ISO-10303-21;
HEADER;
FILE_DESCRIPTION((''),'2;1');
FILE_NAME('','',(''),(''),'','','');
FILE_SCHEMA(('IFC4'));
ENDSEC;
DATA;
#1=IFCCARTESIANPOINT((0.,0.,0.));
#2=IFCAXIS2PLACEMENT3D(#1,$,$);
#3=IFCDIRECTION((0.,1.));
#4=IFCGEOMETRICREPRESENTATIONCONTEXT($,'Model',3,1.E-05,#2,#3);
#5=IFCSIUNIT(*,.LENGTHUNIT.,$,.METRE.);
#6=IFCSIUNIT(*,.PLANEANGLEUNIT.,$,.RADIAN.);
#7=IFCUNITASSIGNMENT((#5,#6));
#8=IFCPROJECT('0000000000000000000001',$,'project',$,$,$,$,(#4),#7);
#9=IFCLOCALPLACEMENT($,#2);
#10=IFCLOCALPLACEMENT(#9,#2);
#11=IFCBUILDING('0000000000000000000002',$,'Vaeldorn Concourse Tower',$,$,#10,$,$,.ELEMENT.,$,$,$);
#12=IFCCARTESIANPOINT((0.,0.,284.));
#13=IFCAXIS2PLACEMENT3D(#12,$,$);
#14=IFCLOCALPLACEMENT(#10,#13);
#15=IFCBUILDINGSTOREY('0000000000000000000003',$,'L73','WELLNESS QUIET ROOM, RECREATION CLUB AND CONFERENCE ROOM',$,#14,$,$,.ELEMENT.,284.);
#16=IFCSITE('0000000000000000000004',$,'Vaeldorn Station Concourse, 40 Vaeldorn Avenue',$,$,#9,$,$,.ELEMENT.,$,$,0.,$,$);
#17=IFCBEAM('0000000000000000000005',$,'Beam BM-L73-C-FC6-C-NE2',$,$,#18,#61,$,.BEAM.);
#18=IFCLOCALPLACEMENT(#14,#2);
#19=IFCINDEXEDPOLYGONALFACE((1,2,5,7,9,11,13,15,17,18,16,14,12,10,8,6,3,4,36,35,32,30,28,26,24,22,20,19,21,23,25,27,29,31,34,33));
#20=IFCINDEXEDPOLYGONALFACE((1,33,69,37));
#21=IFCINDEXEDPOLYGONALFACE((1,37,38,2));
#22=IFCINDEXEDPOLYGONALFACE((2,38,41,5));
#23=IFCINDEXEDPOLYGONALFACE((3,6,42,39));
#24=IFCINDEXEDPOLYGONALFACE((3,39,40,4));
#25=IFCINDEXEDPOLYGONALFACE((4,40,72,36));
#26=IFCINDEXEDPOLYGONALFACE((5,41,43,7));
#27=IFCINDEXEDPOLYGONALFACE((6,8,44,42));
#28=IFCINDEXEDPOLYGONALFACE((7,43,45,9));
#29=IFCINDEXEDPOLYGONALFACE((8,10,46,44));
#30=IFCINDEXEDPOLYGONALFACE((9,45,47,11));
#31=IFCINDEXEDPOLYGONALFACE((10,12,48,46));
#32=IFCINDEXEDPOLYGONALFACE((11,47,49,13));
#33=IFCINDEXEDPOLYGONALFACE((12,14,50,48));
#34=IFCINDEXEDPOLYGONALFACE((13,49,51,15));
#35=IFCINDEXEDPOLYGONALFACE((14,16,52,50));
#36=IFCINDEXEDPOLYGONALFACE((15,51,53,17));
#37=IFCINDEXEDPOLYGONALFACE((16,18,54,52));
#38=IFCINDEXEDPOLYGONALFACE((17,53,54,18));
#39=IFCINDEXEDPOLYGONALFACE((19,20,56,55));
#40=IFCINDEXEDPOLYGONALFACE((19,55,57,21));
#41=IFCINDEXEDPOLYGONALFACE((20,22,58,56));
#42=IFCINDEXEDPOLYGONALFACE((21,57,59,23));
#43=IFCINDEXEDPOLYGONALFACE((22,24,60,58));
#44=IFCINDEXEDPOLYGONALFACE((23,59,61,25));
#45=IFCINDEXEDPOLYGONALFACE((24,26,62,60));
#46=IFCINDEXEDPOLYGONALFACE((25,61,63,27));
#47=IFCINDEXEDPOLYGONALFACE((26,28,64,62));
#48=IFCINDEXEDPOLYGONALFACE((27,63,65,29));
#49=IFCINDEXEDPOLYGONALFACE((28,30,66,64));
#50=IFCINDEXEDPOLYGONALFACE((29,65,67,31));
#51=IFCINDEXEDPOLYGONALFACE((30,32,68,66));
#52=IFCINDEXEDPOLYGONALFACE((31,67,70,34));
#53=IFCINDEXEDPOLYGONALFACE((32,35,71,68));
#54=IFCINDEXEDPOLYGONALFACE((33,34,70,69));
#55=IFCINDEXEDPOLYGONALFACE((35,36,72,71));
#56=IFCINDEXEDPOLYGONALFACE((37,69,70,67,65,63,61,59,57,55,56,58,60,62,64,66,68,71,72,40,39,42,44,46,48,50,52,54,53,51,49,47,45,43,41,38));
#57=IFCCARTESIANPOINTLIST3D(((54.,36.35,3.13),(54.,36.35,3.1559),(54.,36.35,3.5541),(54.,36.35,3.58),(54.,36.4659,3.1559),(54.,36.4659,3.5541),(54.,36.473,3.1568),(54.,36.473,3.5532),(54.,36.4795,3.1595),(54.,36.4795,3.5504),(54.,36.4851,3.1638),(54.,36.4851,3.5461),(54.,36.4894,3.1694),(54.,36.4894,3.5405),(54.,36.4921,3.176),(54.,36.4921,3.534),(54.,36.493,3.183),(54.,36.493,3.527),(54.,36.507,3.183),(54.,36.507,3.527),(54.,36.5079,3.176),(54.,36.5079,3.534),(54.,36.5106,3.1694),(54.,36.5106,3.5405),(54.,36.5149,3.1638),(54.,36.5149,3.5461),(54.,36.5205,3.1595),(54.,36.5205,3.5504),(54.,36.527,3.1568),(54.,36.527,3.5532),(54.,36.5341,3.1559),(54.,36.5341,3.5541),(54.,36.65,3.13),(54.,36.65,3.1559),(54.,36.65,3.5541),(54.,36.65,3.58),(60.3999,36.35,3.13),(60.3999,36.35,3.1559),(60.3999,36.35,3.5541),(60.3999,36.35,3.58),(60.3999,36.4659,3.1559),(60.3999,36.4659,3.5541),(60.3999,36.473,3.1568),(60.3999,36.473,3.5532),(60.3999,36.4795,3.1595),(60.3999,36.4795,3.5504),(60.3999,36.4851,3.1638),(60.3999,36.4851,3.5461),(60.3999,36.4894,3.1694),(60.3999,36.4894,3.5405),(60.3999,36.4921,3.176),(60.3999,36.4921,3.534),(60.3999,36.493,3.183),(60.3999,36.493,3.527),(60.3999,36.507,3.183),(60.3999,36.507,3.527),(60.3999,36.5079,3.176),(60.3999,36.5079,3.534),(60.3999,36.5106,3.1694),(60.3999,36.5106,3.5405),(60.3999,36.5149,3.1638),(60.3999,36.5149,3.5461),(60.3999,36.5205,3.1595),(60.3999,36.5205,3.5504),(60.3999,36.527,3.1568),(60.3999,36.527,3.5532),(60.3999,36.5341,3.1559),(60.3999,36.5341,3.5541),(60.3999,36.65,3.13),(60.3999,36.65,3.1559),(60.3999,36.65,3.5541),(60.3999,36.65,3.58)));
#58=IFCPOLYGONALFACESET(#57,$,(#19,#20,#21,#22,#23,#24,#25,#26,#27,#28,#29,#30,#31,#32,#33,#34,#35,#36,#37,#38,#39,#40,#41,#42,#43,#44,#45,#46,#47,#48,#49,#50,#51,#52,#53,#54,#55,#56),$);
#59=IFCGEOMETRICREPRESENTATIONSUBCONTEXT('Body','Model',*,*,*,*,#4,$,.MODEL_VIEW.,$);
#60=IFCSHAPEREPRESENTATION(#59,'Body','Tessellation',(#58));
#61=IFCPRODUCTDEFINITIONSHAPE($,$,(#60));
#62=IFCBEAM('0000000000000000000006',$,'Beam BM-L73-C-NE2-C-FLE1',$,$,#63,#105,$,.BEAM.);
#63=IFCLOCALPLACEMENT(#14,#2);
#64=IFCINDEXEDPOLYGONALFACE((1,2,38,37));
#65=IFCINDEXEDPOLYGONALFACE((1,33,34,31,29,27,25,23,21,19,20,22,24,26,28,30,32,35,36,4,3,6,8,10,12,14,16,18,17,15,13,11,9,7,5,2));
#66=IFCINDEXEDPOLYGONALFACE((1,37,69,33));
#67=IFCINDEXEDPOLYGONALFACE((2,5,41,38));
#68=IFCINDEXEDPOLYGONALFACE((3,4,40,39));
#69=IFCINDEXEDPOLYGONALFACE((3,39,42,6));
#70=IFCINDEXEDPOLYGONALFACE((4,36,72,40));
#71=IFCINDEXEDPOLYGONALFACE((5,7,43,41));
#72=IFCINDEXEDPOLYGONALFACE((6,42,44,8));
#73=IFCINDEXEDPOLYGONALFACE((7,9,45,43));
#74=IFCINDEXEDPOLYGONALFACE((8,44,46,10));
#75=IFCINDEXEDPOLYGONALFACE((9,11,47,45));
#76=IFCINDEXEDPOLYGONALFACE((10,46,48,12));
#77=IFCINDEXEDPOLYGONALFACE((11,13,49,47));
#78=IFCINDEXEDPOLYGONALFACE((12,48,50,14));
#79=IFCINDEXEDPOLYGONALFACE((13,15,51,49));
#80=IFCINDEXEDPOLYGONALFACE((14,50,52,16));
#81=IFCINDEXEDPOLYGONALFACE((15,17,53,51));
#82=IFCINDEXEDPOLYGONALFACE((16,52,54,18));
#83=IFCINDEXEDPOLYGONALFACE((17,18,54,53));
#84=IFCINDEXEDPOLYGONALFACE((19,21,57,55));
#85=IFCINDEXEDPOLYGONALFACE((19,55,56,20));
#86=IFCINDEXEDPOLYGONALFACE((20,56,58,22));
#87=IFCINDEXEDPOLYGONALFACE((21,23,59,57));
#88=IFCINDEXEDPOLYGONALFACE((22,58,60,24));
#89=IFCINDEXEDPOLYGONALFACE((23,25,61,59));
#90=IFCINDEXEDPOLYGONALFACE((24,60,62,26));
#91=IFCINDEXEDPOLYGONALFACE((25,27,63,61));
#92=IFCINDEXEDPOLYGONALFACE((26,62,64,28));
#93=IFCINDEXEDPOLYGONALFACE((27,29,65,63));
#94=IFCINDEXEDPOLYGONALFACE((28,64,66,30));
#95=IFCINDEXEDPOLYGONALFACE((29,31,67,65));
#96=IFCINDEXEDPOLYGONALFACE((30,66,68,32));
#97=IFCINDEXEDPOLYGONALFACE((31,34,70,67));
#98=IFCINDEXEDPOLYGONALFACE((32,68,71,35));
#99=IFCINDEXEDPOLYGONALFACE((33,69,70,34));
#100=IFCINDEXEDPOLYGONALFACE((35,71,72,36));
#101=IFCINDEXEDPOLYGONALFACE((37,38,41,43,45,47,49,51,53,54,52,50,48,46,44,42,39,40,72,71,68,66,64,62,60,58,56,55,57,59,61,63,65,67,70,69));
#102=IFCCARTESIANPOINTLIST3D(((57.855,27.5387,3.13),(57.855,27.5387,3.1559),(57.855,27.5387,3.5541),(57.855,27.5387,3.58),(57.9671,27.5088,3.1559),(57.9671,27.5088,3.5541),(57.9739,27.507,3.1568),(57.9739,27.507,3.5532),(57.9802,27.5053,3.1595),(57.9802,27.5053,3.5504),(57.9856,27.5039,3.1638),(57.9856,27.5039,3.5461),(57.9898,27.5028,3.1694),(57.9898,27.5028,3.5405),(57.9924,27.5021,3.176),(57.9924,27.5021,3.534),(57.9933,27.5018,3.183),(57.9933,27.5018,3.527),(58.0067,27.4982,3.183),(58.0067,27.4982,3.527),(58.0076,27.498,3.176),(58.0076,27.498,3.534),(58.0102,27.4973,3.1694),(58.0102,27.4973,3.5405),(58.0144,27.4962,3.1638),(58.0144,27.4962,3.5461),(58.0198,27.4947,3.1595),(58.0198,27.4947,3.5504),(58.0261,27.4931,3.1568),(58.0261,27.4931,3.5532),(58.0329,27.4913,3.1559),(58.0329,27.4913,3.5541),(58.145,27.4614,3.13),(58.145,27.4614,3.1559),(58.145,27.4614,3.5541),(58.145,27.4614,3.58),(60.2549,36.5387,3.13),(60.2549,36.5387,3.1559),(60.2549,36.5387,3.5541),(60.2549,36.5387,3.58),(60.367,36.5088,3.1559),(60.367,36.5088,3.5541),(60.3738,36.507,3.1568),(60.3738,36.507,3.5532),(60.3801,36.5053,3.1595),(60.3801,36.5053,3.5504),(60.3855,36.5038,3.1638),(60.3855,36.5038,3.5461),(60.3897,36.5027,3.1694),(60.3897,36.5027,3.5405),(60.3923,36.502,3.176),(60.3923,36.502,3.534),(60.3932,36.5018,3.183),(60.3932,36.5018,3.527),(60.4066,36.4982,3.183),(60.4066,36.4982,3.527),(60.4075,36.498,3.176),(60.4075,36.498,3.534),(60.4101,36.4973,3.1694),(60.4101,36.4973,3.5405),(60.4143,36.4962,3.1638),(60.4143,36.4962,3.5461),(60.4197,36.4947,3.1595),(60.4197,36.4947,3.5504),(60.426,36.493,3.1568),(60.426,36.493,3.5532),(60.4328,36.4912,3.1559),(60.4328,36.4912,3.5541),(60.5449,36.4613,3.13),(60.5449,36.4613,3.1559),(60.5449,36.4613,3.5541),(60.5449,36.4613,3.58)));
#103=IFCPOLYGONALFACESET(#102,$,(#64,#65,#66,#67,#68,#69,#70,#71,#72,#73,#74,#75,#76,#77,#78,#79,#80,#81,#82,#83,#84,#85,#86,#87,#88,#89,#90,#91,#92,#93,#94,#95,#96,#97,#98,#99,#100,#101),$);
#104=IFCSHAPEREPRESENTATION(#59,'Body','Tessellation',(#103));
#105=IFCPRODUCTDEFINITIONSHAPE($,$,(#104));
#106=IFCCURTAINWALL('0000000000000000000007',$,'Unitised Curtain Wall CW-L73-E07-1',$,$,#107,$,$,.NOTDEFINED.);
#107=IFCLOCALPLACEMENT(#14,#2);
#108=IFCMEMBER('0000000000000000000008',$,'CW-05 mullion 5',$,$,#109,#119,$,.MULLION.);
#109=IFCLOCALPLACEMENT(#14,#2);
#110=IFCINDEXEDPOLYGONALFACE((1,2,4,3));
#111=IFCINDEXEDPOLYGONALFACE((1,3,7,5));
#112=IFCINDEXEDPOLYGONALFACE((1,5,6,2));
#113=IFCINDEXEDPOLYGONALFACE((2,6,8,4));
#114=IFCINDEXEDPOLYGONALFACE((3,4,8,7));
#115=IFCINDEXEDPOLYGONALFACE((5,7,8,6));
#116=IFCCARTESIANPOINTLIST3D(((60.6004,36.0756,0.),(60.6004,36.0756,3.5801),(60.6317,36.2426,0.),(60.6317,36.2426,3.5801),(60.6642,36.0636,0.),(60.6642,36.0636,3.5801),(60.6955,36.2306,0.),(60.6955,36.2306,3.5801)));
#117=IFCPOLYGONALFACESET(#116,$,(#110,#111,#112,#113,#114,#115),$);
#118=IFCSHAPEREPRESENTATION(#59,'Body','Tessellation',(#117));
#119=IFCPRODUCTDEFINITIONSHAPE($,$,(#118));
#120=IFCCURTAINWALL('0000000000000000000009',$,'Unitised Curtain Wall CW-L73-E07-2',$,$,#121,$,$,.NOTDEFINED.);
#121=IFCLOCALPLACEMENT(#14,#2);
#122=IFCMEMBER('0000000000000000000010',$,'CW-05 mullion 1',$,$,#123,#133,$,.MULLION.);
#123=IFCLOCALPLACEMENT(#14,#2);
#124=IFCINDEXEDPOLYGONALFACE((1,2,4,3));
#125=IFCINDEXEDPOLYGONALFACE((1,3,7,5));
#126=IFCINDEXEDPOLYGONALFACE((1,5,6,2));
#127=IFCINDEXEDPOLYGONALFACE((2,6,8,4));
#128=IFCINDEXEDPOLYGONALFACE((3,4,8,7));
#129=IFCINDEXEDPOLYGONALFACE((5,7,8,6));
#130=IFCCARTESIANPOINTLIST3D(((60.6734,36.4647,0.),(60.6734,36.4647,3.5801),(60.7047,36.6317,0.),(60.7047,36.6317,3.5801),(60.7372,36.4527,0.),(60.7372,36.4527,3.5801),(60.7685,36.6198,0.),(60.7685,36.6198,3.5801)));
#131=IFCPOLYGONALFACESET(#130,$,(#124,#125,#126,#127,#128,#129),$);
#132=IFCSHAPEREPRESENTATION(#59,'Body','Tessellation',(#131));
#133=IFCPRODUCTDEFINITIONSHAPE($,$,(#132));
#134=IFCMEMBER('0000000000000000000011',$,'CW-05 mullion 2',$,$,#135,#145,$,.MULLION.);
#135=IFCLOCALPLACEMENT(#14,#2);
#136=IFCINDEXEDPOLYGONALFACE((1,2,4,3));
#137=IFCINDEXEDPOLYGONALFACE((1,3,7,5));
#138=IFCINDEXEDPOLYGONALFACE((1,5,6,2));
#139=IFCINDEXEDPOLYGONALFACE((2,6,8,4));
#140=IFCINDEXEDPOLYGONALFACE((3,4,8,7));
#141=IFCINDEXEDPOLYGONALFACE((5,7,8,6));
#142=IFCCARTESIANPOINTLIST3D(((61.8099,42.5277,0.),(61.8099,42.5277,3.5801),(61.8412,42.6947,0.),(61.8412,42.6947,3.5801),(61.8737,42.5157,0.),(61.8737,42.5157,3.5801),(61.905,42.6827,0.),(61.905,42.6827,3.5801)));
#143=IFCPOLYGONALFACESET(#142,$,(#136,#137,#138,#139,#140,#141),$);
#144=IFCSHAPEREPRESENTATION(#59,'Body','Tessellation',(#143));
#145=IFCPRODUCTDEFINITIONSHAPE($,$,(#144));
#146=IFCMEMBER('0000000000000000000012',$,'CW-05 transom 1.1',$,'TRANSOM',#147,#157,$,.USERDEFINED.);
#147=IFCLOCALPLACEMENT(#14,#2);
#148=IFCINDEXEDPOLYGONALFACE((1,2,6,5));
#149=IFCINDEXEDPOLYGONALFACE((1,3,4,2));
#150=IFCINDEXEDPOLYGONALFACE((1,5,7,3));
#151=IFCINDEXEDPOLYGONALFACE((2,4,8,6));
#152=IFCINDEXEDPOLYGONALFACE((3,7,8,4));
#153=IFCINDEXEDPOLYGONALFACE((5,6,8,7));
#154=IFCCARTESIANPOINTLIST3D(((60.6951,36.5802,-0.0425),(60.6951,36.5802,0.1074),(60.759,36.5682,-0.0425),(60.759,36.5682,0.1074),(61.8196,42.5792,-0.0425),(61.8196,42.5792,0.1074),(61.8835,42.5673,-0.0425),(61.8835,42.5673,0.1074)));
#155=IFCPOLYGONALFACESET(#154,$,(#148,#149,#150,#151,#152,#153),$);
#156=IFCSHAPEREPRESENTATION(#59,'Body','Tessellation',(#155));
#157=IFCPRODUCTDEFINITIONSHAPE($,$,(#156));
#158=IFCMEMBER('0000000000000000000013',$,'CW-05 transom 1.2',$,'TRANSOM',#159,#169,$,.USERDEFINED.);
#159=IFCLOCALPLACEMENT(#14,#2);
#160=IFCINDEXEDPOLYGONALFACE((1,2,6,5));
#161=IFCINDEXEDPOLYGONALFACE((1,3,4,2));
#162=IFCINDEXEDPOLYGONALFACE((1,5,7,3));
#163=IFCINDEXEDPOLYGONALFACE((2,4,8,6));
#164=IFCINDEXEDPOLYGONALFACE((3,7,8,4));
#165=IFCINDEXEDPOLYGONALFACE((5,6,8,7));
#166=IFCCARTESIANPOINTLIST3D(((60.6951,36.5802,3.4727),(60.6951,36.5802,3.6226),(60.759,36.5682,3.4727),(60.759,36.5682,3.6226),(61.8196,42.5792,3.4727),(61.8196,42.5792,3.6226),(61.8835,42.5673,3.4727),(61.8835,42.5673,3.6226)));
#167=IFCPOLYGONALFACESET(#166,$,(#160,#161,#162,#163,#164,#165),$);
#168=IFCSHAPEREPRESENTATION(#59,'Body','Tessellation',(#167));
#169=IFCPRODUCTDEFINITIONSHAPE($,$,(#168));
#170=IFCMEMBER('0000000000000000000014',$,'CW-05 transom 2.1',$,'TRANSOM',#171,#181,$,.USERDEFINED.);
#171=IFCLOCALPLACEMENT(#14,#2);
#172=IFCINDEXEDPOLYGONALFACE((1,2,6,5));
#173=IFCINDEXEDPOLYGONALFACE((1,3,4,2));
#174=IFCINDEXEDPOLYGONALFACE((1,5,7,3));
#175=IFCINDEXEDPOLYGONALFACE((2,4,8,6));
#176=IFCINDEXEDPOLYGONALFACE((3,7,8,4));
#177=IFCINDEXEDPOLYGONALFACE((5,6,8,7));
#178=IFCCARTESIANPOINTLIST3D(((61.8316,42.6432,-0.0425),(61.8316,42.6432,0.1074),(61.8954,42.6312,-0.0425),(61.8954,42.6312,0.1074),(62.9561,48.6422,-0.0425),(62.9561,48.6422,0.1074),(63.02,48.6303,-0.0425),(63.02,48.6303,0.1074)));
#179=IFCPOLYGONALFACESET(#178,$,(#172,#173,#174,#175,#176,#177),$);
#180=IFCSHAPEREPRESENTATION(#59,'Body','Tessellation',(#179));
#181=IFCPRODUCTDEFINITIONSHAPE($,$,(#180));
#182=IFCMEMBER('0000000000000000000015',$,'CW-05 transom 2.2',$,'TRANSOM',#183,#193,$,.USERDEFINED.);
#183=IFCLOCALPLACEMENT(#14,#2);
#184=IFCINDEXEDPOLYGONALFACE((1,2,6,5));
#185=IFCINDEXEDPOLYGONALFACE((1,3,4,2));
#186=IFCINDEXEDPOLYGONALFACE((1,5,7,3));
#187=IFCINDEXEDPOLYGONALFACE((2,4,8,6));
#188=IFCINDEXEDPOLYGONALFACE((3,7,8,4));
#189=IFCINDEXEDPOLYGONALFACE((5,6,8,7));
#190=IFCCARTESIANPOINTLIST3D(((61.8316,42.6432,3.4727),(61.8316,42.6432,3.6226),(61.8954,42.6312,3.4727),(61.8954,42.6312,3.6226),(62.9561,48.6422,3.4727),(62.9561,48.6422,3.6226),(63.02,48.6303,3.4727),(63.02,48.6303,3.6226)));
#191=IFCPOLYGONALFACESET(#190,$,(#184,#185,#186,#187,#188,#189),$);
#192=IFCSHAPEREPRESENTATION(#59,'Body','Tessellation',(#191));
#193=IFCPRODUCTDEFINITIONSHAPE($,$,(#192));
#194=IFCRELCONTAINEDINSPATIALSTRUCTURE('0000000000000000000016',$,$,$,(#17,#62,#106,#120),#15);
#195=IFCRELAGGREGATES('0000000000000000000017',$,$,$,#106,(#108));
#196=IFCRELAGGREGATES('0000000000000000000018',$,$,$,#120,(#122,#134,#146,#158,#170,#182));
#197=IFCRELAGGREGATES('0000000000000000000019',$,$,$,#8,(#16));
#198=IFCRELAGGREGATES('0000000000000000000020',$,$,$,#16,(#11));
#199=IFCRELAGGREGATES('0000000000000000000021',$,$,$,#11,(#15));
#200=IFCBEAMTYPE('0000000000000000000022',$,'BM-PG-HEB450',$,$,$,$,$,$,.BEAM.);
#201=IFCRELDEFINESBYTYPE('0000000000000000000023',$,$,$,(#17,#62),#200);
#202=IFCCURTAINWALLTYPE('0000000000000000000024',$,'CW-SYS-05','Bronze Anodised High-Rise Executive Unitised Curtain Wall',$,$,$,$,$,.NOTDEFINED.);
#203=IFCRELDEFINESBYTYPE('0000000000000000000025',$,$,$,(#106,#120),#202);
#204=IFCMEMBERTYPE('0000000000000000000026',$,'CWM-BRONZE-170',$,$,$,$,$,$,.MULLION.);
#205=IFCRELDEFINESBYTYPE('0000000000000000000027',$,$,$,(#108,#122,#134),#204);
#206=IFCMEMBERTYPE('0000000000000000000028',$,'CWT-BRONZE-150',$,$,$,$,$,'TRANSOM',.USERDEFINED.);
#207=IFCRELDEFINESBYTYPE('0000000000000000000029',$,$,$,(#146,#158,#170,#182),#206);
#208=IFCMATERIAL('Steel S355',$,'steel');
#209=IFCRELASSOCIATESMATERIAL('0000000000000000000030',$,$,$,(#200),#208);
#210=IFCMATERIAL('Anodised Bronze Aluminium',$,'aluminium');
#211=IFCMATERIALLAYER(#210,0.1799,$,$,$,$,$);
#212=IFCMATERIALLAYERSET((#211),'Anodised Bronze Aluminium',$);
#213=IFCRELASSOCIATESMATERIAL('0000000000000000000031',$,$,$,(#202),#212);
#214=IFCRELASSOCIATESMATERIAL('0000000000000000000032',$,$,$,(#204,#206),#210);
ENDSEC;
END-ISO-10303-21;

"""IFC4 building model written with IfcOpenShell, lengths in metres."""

from ifc_helpers import new_model, si_unit, direction, frame, origin, origin_2d, place, context, subcontext, project, spatial, rectangle, i_section, extrude, source, transform, mapped, material, layer, layer_set, material_profile, profile_set, type_object, element, aggregate, save


model = new_model("IFC4")

# Units and contexts
model_context = context("Model", 3, precision=1e-05, world=origin(), true_north=direction((0.0, 1.0)))
body_context = subcontext(model_context, "Body", "Model", "MODEL_VIEW")
ifc_project = project(units=[si_unit("LENGTHUNIT", "METRE"), si_unit("PLANEANGLEUNIT", "RADIAN")], contexts=[model_context])

# Site, building, storey
site_placement = place(None, origin())
site = spatial("IfcSite", under=ifc_project, at=site_placement, Name="Vaeldorn Station Concourse, 40 Vaeldorn Avenue", CompositionType="ELEMENT", RefElevation=0.0)
building_placement = place(site_placement, origin())
building = spatial("IfcBuilding", under=site, at=building_placement, Name="Vaeldorn Concourse Tower", CompositionType="ELEMENT")
storey_placement = place(building_placement, frame((0.0, 0.0, 284.0)))
storey = spatial("IfcBuildingStorey", under=building, at=storey_placement, Name="L73", Description="WELLNESS QUIET ROOM, RECREATION CLUB AND CONFERENCE ROOM", CompositionType="ELEMENT", Elevation=284.0)

# Shared definitions
ifc_material_1 = material(Name="Steel S355", Category="steel")

# Beams
ifc_material_profile_1 = material_profile(ifc_material_1, i_section(OverallWidth=0.3, OverallDepth=0.45, WebThickness=0.0139, FlangeThickness=0.0259, FilletRadius=0.0271, at=origin_2d()), Name="HEB 450")
ifc_profile_set_1 = profile_set([ifc_material_profile_1], Name="Steel S355")
beam_type_1 = type_object("IfcBeamType", Name="BM-PG-HEB450", PredefinedType="BEAM", material=ifc_profile_set_1)
shared_shape_1 = source(origin(), body_context, "Body", "SweptSolid", [
    extrude(i_section(OverallWidth=0.3, OverallDepth=0.45, WebThickness=0.0139, FlangeThickness=0.0259, FilletRadius=0.0271, at=origin_2d()), origin(), (0.0, 0.0, 1.0), 6.3999),
])
beam_1_placement = place(storey_placement, frame((54.0, 36.5, 3.355), z_axis=(1.0, 0.0, 0.0), x_axis=(0.0, 1.0, 0.0)))
element("IfcBeam", 1, at=beam_1_placement, inside=storey, type_object=beam_type_1, Name="Beam BM-L73-C-FC6-C-NE2", PredefinedType="BEAM", context=body_context, shape_type="MappedRepresentation", body=[
    mapped(shared_shape_1, transform((0.0, 0.0, 0.0), scale=1.0)),
])
shared_shape_2 = source(origin(), body_context, "Body", "SweptSolid", [
    extrude(i_section(OverallWidth=0.3, OverallDepth=0.45, WebThickness=0.0139, FlangeThickness=0.0259, FilletRadius=0.0271, at=origin_2d()), origin(), (0.0, 0.0, 1.0), 9.3145),
])
beam_2_placement = place(storey_placement, frame((60.3999, 36.5, 3.355), z_axis=(-0.257653, -0.966238, 0.0), x_axis=(0.966238, -0.257653, 0.0)))
element("IfcBeam", 2, at=beam_2_placement, inside=storey, type_object=beam_type_1, Name="Beam BM-L73-C-NE2-C-FLE1", PredefinedType="BEAM", context=body_context, shape_type="MappedRepresentation", body=[
    mapped(shared_shape_2, transform((0.0, 0.0, 0.0), scale=1.0)),
])

# Curtain wall, member
ifc_material_2 = material(Name="Anodised Bronze Aluminium", Category="aluminium")
ifc_layer_1 = layer(ifc_material_2, 0.1799)
ifc_layer_set_1 = layer_set([ifc_layer_1], Name="Anodised Bronze Aluminium")
curtain_wall_type = type_object("IfcCurtainWallType", Name="CW-SYS-05", Description="Bronze Anodised High-Rise Executive Unitised Curtain Wall", PredefinedType="NOTDEFINED", material=ifc_layer_set_1)
curtain_wall_1_placement = place(storey_placement, origin())
curtain_wall_1 = element("IfcCurtainWall", 3, at=curtain_wall_1_placement, inside=storey, type_object=curtain_wall_type, Name="Unitised Curtain Wall CW-L73-E07-1", PredefinedType="NOTDEFINED")
ifc_material_profile_2 = material_profile(ifc_material_2, rectangle(XDim=0.0649, YDim=0.1699, at=origin_2d()), Name="CWM 65x170")
ifc_profile_set_2 = profile_set([ifc_material_profile_2], Name="Anodised Bronze Aluminium")
member_type_1 = type_object("IfcMemberType", Name="CWM-BRONZE-170", PredefinedType="MULLION", material=ifc_profile_set_2)
shared_shape_3 = source(origin(), body_context, "Body", "SweptSolid", [
    extrude(rectangle(XDim=0.0649, YDim=0.1699, at=origin_2d()), origin(), (0.0, 0.0, 1.0), 3.5801),
])
member_1_placement = place(storey_placement, frame((60.6479, 36.1531, 0.0), z_axis=(0.0, 0.0, 1.0), x_axis=(-0.98288, 0.184247, 0.0)))
member_1 = element("IfcMember", 4, at=member_1_placement, type_object=member_type_1, Name="CW-05 mullion 5", PredefinedType="MULLION", context=body_context, shape_type="MappedRepresentation", body=[
    mapped(shared_shape_3, transform((0.0, 0.0, 0.0), scale=1.0)),
])
aggregate(curtain_wall_1, [member_1])

# Curtain wall, members
curtain_wall_2_placement = place(storey_placement, origin())
curtain_wall_2 = element("IfcCurtainWall", 5, at=curtain_wall_2_placement, inside=storey, type_object=curtain_wall_type, Name="Unitised Curtain Wall CW-L73-E07-2", PredefinedType="NOTDEFINED")
member_2_placement = place(storey_placement, frame((60.7209, 36.5422, 0.0), z_axis=(0.0, 0.0, 1.0), x_axis=(-0.98288, 0.184246, 0.0)))
member_2 = element("IfcMember", 6, at=member_2_placement, type_object=member_type_1, Name="CW-05 mullion 1", PredefinedType="MULLION", context=body_context, shape_type="MappedRepresentation", body=[
    mapped(shared_shape_3, transform((0.0, 0.0, 0.0), scale=1.0)),
])
member_3_placement = place(storey_placement, frame((61.8574, 42.6052, 0.0), z_axis=(0.0, 0.0, 1.0), x_axis=(-0.98288, 0.184246, 0.0)))
member_3 = element("IfcMember", 7, at=member_3_placement, type_object=member_type_1, Name="CW-05 mullion 2", PredefinedType="MULLION", context=body_context, shape_type="MappedRepresentation", body=[
    mapped(shared_shape_3, transform((0.0, 0.0, 0.0), scale=1.0)),
])
ifc_material_profile_3 = material_profile(ifc_material_2, rectangle(XDim=0.0649, YDim=0.1499, at=origin_2d()), Name="CWT 65x150")
ifc_profile_set_3 = profile_set([ifc_material_profile_3], Name="Anodised Bronze Aluminium")
member_type_2 = type_object("IfcMemberType", Name="CWT-BRONZE-150", ElementType="TRANSOM", PredefinedType="USERDEFINED", material=ifc_profile_set_3)
shared_shape_4 = source(origin(), body_context, "Body", "SweptSolid", [
    extrude(rectangle(XDim=0.0649, YDim=0.1499, at=origin_2d()), origin(), (0.0, 0.0, 1.0), 6.1035),
])
member_4_placement = place(storey_placement, frame((60.7271, 36.5742, 0.0325), z_axis=(0.18424, 0.982881, 0.0), x_axis=(-0.982881, 0.18424, 0.0)))
member_4 = element("IfcMember", 8, at=member_4_placement, type_object=member_type_2, Name="CW-05 transom 1.1", ObjectType="TRANSOM", PredefinedType="USERDEFINED", context=body_context, shape_type="MappedRepresentation", body=[
    mapped(shared_shape_4, transform((0.0, 0.0, 0.0), scale=1.0)),
])
member_5_placement = place(storey_placement, frame((60.7271, 36.5742, 3.5476), z_axis=(0.18424, 0.982881, 0.0), x_axis=(-0.982881, 0.18424, 0.0)))
member_5 = element("IfcMember", 9, at=member_5_placement, type_object=member_type_2, Name="CW-05 transom 1.2", ObjectType="TRANSOM", PredefinedType="USERDEFINED", context=body_context, shape_type="MappedRepresentation", body=[
    mapped(shared_shape_4, transform((0.0, 0.0, 0.0), scale=1.0)),
])
member_6_placement = place(storey_placement, frame((61.8635, 42.6372, 0.0325), z_axis=(0.18424, 0.982881, 0.0), x_axis=(-0.982881, 0.18424, 0.0)))
member_6 = element("IfcMember", 10, at=member_6_placement, type_object=member_type_2, Name="CW-05 transom 2.1", ObjectType="TRANSOM", PredefinedType="USERDEFINED", context=body_context, shape_type="MappedRepresentation", body=[
    mapped(shared_shape_4, transform((0.0, 0.0, 0.0), scale=1.0)),
])
member_7_placement = place(storey_placement, frame((61.8635, 42.6372, 3.5476), z_axis=(0.18424, 0.982881, 0.0), x_axis=(-0.982881, 0.18424, 0.0)))
member_7 = element("IfcMember", 11, at=member_7_placement, type_object=member_type_2, Name="CW-05 transom 2.2", ObjectType="TRANSOM", PredefinedType="USERDEFINED", context=body_context, shape_type="MappedRepresentation", body=[
    mapped(shared_shape_4, transform((0.0, 0.0, 0.0), scale=1.0)),
])
aggregate(curtain_wall_2, [member_2, member_3, member_4, member_5, member_6, member_7])

save(model, "model.ifc")
